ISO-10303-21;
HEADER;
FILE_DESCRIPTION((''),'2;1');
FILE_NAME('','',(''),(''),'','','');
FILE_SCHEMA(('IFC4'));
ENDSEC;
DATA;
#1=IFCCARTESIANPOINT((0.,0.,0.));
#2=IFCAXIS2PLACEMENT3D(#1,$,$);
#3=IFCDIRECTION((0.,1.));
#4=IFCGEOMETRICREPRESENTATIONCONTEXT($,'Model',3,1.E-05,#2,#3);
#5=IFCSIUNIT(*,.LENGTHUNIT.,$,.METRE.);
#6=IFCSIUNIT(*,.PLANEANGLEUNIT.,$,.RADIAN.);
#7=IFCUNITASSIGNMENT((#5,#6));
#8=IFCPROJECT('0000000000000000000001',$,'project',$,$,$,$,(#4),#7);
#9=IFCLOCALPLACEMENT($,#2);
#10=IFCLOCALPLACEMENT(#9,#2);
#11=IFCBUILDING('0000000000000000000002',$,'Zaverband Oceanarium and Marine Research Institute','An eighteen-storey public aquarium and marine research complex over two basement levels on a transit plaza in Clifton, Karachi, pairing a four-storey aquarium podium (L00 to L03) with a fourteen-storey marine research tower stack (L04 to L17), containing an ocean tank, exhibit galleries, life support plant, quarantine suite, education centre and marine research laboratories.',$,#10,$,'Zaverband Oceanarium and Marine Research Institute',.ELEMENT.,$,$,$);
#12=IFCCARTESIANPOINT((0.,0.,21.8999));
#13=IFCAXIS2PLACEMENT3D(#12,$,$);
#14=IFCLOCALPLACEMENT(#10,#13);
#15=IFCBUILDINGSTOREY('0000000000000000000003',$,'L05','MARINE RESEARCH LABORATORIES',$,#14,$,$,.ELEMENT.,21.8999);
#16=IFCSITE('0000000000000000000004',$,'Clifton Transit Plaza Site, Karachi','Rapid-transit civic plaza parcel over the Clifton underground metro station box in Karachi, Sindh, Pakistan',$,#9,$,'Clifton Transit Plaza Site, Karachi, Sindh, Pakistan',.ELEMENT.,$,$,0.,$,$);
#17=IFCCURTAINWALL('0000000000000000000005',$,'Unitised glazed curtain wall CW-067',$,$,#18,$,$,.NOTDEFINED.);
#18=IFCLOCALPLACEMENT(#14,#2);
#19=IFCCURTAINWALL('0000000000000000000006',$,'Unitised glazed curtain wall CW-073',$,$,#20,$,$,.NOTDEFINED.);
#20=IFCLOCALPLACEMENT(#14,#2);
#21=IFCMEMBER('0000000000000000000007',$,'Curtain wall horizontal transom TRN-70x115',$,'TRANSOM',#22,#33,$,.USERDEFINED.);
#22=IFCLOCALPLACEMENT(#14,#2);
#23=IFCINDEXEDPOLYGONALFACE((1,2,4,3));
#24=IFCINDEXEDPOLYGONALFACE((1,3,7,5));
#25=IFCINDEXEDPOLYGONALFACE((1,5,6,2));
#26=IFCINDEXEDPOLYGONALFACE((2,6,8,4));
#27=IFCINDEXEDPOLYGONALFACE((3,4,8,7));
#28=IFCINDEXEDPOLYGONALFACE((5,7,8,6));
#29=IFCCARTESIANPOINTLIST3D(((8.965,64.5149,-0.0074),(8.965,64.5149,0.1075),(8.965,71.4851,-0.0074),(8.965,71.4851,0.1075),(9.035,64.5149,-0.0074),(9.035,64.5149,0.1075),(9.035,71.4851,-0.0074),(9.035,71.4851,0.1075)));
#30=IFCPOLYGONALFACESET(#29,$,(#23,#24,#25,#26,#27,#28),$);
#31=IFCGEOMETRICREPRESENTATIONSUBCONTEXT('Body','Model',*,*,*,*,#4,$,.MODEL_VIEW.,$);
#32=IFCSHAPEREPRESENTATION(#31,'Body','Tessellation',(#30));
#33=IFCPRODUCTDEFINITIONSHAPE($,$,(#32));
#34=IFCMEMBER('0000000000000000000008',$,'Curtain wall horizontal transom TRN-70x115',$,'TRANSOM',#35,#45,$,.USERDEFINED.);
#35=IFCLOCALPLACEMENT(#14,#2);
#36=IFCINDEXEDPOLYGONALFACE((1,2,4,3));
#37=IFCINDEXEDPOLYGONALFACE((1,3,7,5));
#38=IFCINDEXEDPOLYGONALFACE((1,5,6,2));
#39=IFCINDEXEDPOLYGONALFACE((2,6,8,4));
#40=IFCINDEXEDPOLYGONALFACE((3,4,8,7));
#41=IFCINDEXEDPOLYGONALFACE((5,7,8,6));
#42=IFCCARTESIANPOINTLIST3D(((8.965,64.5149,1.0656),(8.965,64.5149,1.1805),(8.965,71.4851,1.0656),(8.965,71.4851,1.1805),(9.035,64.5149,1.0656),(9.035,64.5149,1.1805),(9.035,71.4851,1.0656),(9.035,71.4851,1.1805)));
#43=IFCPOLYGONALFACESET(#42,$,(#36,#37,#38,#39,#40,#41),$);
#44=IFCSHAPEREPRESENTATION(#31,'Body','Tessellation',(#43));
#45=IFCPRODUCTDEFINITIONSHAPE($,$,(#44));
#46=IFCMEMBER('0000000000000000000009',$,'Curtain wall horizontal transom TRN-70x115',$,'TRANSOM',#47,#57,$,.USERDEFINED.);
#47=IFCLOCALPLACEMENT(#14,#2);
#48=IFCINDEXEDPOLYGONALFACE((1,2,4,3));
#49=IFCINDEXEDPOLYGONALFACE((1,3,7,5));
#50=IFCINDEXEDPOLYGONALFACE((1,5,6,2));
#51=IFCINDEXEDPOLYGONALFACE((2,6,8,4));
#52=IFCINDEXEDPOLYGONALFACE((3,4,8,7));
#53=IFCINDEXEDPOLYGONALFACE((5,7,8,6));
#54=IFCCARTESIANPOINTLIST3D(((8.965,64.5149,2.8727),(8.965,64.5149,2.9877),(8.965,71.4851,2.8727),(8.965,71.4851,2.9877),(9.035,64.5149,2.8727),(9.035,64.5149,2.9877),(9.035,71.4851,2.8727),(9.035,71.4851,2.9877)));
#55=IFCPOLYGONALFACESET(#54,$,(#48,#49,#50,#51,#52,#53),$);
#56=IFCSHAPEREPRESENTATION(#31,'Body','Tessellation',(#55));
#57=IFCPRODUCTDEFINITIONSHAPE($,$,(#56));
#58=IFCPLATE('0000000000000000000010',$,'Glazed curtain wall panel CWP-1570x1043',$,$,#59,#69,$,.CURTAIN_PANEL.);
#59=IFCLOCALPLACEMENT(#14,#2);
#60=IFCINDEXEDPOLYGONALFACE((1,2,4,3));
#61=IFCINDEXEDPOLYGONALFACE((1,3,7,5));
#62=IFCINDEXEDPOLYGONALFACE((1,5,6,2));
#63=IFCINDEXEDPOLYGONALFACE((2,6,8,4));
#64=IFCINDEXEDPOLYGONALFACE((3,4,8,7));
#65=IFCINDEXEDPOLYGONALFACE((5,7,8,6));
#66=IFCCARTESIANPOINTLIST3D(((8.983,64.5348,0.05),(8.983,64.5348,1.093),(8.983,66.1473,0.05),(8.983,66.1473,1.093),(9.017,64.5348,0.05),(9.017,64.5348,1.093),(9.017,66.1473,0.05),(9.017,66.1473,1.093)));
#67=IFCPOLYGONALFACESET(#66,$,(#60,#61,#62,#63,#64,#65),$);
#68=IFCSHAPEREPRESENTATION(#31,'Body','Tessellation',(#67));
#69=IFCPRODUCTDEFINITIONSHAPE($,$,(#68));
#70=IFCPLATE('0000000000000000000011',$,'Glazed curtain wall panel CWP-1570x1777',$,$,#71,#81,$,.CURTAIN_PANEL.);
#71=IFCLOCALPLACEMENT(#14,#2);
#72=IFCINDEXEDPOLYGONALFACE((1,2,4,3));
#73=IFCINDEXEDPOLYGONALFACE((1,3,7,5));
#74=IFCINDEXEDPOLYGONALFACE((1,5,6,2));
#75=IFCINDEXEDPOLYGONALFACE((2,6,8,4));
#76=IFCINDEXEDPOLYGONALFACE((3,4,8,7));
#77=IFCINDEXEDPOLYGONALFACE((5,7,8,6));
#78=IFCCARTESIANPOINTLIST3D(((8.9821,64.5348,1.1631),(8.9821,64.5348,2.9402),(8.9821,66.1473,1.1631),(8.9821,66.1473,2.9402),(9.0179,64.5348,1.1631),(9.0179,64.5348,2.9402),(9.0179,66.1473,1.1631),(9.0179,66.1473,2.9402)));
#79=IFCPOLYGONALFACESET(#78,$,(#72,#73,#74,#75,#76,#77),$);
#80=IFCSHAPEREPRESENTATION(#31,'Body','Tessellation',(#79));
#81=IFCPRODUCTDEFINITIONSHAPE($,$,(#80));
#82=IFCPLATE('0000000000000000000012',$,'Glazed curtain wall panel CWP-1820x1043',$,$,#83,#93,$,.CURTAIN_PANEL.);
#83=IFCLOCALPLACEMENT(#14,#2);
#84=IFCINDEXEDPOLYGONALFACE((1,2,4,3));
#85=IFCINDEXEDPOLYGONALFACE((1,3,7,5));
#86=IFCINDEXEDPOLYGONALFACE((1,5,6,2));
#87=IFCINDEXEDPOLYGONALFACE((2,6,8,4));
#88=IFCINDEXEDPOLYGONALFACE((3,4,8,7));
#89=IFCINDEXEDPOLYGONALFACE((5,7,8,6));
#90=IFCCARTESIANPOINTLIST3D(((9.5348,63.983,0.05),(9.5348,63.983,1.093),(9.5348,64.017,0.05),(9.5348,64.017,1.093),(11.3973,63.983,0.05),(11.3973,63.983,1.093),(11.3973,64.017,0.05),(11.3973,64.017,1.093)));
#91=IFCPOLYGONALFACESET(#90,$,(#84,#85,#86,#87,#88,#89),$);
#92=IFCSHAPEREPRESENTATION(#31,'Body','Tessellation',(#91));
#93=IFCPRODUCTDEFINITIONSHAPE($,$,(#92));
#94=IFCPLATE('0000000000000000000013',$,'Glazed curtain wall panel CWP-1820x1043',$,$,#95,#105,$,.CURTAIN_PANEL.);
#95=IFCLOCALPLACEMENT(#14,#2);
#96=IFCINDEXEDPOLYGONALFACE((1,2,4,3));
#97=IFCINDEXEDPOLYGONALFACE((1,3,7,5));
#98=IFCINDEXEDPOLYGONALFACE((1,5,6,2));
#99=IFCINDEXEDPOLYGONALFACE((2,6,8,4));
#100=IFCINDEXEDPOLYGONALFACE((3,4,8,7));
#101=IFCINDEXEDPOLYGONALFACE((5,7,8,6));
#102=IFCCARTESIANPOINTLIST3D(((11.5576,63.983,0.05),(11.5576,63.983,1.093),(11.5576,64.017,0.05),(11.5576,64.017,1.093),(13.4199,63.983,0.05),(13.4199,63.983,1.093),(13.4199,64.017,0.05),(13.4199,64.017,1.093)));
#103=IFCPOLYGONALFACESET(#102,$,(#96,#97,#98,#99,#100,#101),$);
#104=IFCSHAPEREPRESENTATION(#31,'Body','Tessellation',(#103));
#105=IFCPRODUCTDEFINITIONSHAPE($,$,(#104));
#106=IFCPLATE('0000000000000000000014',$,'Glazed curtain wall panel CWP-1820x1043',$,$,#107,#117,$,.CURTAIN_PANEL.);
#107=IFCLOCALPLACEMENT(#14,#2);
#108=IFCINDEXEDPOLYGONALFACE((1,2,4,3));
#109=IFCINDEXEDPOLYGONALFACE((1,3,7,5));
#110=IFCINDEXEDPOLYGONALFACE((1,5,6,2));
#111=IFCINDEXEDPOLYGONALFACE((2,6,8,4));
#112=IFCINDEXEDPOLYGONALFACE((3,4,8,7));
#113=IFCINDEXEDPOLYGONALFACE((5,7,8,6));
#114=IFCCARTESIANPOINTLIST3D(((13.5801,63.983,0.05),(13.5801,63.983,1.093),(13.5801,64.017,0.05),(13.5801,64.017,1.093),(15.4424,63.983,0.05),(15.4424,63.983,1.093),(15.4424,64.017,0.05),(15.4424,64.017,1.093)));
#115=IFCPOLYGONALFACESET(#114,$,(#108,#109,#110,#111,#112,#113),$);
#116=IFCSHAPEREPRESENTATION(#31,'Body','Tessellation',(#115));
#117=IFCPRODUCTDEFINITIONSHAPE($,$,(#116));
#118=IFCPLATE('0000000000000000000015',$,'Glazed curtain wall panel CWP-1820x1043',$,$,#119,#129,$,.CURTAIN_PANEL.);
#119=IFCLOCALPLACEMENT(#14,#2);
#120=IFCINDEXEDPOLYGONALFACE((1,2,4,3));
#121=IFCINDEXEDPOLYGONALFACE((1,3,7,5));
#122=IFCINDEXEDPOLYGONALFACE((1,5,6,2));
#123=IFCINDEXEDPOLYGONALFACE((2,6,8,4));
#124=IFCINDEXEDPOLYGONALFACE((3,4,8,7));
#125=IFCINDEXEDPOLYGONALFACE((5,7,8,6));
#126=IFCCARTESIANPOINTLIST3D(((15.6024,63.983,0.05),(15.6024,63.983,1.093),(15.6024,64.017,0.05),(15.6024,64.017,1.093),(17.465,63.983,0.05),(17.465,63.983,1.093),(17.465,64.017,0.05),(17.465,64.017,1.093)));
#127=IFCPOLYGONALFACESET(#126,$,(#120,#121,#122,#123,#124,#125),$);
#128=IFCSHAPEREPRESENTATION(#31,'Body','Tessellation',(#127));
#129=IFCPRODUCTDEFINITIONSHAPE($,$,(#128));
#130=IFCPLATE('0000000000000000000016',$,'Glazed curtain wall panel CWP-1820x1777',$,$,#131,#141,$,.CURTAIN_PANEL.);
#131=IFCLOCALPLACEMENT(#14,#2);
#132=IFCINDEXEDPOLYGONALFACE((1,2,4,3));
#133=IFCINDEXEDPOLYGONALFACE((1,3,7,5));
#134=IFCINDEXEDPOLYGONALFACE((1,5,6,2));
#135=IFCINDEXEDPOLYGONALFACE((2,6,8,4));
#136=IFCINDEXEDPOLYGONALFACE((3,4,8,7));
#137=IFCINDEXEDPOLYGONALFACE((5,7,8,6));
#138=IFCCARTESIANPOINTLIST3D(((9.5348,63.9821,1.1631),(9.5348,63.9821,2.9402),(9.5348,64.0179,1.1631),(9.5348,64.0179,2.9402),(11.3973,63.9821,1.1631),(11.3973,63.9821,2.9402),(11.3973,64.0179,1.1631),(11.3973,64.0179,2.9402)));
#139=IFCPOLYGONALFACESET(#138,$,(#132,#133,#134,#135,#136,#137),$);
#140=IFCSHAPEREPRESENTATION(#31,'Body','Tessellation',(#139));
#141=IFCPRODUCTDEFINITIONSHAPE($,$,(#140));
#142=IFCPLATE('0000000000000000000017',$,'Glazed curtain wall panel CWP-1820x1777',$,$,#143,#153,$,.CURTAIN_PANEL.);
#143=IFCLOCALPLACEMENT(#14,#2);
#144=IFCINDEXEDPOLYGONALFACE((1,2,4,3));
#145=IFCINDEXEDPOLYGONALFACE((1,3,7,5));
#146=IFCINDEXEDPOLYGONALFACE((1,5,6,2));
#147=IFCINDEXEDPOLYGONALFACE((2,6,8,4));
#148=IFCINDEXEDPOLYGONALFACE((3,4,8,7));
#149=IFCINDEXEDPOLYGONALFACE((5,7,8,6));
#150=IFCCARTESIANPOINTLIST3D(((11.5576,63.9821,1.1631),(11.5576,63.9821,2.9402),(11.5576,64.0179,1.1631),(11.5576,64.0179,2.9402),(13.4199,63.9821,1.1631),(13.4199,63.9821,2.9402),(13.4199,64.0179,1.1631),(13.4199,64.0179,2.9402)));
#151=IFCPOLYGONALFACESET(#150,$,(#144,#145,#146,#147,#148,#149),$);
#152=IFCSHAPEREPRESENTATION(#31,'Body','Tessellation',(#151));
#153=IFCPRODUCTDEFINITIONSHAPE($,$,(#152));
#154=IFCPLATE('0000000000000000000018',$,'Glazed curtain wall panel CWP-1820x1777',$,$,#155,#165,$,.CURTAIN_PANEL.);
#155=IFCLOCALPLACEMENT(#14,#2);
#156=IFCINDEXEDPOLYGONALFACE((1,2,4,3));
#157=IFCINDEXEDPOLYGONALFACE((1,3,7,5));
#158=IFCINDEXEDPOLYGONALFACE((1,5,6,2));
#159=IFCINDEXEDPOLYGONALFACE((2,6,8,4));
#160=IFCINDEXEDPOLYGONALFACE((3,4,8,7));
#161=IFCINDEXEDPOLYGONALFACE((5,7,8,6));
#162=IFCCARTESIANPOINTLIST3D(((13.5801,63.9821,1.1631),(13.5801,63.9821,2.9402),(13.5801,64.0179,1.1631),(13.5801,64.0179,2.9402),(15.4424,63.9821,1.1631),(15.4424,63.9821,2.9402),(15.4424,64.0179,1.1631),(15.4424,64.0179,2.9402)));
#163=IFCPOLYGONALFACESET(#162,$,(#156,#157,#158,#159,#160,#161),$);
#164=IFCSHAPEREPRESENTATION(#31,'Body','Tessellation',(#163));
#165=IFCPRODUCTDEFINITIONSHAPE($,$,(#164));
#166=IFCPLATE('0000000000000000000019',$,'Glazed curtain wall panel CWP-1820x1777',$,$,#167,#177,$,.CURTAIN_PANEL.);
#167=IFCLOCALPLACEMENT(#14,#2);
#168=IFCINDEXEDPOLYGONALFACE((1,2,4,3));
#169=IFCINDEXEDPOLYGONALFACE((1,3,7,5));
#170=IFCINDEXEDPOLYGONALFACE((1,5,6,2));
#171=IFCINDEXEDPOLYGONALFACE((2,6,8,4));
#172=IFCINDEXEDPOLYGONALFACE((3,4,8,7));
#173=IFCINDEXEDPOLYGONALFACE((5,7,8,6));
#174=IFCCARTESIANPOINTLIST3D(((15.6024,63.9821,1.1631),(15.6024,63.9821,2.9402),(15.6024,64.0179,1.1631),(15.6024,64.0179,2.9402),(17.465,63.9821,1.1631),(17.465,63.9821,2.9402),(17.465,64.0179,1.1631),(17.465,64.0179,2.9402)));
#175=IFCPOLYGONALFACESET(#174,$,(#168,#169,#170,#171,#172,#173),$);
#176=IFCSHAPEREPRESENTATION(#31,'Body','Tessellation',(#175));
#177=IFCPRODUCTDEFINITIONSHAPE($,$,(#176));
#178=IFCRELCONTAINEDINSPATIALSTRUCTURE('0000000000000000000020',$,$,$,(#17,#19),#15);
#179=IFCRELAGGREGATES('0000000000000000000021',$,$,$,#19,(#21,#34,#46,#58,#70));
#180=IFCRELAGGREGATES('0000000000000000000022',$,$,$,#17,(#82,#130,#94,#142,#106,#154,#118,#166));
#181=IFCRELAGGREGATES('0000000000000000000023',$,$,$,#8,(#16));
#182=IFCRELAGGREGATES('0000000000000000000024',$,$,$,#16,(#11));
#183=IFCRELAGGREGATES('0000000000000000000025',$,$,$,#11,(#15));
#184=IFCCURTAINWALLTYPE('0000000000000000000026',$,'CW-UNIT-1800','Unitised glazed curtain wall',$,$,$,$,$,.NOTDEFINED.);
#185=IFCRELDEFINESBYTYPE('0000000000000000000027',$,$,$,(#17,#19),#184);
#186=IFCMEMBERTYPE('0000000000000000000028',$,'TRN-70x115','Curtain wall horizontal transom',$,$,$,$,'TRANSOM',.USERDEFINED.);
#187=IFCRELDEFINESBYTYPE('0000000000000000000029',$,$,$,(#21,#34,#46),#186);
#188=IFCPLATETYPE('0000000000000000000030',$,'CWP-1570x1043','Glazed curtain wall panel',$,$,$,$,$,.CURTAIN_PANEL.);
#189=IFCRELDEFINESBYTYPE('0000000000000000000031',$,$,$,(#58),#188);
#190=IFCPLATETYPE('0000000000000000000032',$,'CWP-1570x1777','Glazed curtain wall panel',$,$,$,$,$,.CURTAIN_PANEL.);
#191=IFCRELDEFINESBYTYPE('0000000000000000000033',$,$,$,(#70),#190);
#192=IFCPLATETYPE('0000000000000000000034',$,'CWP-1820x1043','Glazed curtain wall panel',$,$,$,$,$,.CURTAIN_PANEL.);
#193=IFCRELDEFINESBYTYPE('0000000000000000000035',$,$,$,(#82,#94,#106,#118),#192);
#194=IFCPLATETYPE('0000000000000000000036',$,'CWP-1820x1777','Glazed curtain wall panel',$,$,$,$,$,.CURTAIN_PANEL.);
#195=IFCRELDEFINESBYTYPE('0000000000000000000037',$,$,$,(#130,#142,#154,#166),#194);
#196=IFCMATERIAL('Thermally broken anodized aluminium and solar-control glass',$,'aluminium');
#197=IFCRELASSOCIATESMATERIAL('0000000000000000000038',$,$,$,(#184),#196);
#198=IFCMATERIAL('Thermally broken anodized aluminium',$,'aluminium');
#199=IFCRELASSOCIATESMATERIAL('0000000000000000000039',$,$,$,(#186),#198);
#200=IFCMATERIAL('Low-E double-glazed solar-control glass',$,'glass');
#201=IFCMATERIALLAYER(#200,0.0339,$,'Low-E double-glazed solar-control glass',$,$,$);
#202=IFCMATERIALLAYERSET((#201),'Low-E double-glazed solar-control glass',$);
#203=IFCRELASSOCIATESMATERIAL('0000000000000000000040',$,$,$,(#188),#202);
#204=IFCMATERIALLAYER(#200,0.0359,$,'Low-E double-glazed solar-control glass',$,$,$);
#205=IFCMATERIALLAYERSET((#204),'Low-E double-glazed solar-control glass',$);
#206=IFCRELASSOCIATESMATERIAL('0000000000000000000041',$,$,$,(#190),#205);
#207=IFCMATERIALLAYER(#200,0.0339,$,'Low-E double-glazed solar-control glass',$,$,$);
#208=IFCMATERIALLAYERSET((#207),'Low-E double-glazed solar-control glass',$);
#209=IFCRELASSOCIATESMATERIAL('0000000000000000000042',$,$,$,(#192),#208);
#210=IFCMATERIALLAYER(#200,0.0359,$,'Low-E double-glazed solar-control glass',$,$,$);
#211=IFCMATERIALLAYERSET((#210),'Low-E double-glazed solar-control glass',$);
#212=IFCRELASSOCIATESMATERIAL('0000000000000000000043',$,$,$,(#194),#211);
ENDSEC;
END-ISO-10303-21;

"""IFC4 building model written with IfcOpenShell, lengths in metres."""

from ifc_helpers import new_model, si_unit, direction, frame, frame_2d, origin, origin_2d, place, context, subcontext, project, spatial, rectangle, extrude, material, layer, layer_set, material_profile, profile_set, type_object, element, aggregate, save


model = new_model("IFC4")

# Units and contexts
model_context = context("Model", 3, precision=1e-05, world=origin(), true_north=direction((0.0, 1.0)))
body_context = subcontext(model_context, "Body", "Model", "MODEL_VIEW")
ifc_project = project(units=[si_unit("LENGTHUNIT", "METRE"), si_unit("PLANEANGLEUNIT", "RADIAN")], contexts=[model_context])

# Site, building, storey
site_placement = place(None, origin())
site = spatial("IfcSite", under=ifc_project, at=site_placement, Name="Clifton Transit Plaza Site, Karachi", Description="Rapid-transit civic plaza parcel over the Clifton underground metro station box in Karachi, Sindh, Pakistan", LongName="Clifton Transit Plaza Site, Karachi, Sindh, Pakistan", CompositionType="ELEMENT", RefElevation=0.0)
building_placement = place(site_placement, origin())
building = spatial("IfcBuilding", under=site, at=building_placement, Name="Zaverband Oceanarium and Marine Research Institute", Description="An eighteen-storey public aquarium and marine research complex over two basement levels on a transit plaza in Clifton, Karachi, pairing a four-storey aquarium podium (L00 to L03) with a fourteen-storey marine research tower stack (L04 to L17), containing an ocean tank, exhibit galleries, life support plant, quarantine suite, education centre and marine research laboratories.", LongName="Zaverband Oceanarium and Marine Research Institute", CompositionType="ELEMENT")
storey_placement = place(building_placement, frame((0.0, 0.0, 21.8999)))
storey = spatial("IfcBuildingStorey", under=building, at=storey_placement, Name="L05", Description="MARINE RESEARCH LABORATORIES", CompositionType="ELEMENT", Elevation=21.8999)

# Curtain wall
ifc_material_1 = material(Name="Thermally broken anodized aluminium and solar-control glass", Category="aluminium")
curtain_wall_type = type_object("IfcCurtainWallType", Name="CW-UNIT-1800", Description="Unitised glazed curtain wall", PredefinedType="NOTDEFINED", material=ifc_material_1)
curtain_wall_1_placement = place(storey_placement, origin())
curtain_wall_1 = element("IfcCurtainWall", 1, at=curtain_wall_1_placement, inside=storey, type_object=curtain_wall_type, Name="Unitised glazed curtain wall CW-067", PredefinedType="NOTDEFINED")
ifc_material_2 = material(Name="Thermally broken anodized aluminium", Category="aluminium")

# Curtain wall
curtain_wall_2_placement = place(storey_placement, origin())
curtain_wall_2 = element("IfcCurtainWall", 2, at=curtain_wall_2_placement, inside=storey, type_object=curtain_wall_type, Name="Unitised glazed curtain wall CW-073", PredefinedType="NOTDEFINED")

# Members
ifc_material_profile_1 = material_profile(ifc_material_2, rectangle(XDim=0.0701, YDim=0.115, at=origin_2d()), Name="AL-TRN-70x115")
ifc_profile_set_1 = profile_set([ifc_material_profile_1], Name="Thermally broken anodized aluminium")
member_type_1 = type_object("IfcMemberType", Name="TRN-70x115", Description="Curtain wall horizontal transom", ElementType="TRANSOM", PredefinedType="USERDEFINED", material=ifc_profile_set_1)
member_1_placement = place(storey_placement, frame((9.0, 64.5149, 0.05), z_axis=(0.0, 1.0, 0.0), x_axis=(-1.0, 0.0, 0.0)))
member_1 = element("IfcMember", 3, at=member_1_placement, type_object=member_type_1, Name="Curtain wall horizontal transom TRN-70x115", ObjectType="TRANSOM", PredefinedType="USERDEFINED", context=body_context, shape_type="SweptSolid", body=[
    extrude(rectangle(XDim=0.0701, YDim=0.115, at=origin_2d()), origin(), (0.0, 0.0, 1.0), 6.9702),
])
member_2_placement = place(storey_placement, frame((9.0, 64.5149, 1.123), z_axis=(0.0, 1.0, 0.0), x_axis=(-1.0, 0.0, 0.0)))
member_2 = element("IfcMember", 4, at=member_2_placement, type_object=member_type_1, Name="Curtain wall horizontal transom TRN-70x115", ObjectType="TRANSOM", PredefinedType="USERDEFINED", context=body_context, shape_type="SweptSolid", body=[
    extrude(rectangle(XDim=0.0701, YDim=0.115, at=origin_2d()), origin(), (0.0, 0.0, 1.0), 6.9702),
])
member_3_placement = place(storey_placement, frame((9.0, 64.5149, 2.9302), z_axis=(0.0, 1.0, 0.0), x_axis=(-1.0, 0.0, 0.0)))
member_3 = element("IfcMember", 5, at=member_3_placement, type_object=member_type_1, Name="Curtain wall horizontal transom TRN-70x115", ObjectType="TRANSOM", PredefinedType="USERDEFINED", context=body_context, shape_type="SweptSolid", body=[
    extrude(rectangle(XDim=0.0701, YDim=0.115, at=origin_2d()), origin(), (0.0, 0.0, 1.0), 6.9702),
])

# Plates
ifc_material_3 = material(Name="Low-E double-glazed solar-control glass", Category="glass")
ifc_layer_1 = layer(ifc_material_3, 0.0339, Name="Low-E double-glazed solar-control glass")
ifc_layer_set_1 = layer_set([ifc_layer_1], Name="Low-E double-glazed solar-control glass")
plate_type_1 = type_object("IfcPlateType", Name="CWP-1570x1043", Description="Glazed curtain wall panel", PredefinedType="CURTAIN_PANEL", material=ifc_layer_set_1)
plate_1_placement = place(storey_placement, frame((9.0, 64.5349, 0.05), z_axis=(0.0, 0.0, 1.0), x_axis=(0.0, 1.0, 0.0)))
plate_1 = element("IfcPlate", 6, at=plate_1_placement, type_object=plate_type_1, Name="Glazed curtain wall panel CWP-1570x1043", PredefinedType="CURTAIN_PANEL", context=body_context, shape_type="SweptSolid", body=[
    extrude(rectangle(XDim=1.6125, YDim=0.0339, at=frame_2d((0.8062, 0.0))), origin(), (0.0, 0.0, 1.0), 1.043),
])
ifc_layer_2 = layer(ifc_material_3, 0.0359, Name="Low-E double-glazed solar-control glass")
ifc_layer_set_2 = layer_set([ifc_layer_2], Name="Low-E double-glazed solar-control glass")
plate_type_2 = type_object("IfcPlateType", Name="CWP-1570x1777", Description="Glazed curtain wall panel", PredefinedType="CURTAIN_PANEL", material=ifc_layer_set_2)
plate_2_placement = place(storey_placement, frame((9.0, 64.5349, 1.1631), z_axis=(0.0, 0.0, 1.0), x_axis=(0.0, 1.0, 0.0)))
plate_2 = element("IfcPlate", 7, at=plate_2_placement, type_object=plate_type_2, Name="Glazed curtain wall panel CWP-1570x1777", PredefinedType="CURTAIN_PANEL", context=body_context, shape_type="SweptSolid", body=[
    extrude(rectangle(XDim=1.6125, YDim=0.0359, at=frame_2d((0.8062, 0.0))), origin(), (0.0, 0.0, 1.0), 1.7771),
])
aggregate(curtain_wall_2, [member_1, member_2, member_3, plate_1, plate_2])
ifc_layer_3 = layer(ifc_material_3, 0.0339, Name="Low-E double-glazed solar-control glass")
ifc_layer_set_3 = layer_set([ifc_layer_3], Name="Low-E double-glazed solar-control glass")
plate_type_3 = type_object("IfcPlateType", Name="CWP-1820x1043", Description="Glazed curtain wall panel", PredefinedType="CURTAIN_PANEL", material=ifc_layer_set_3)
plate_3_placement = place(storey_placement, frame((9.5349, 64.0, 0.05), z_axis=(0.0, 0.0, 1.0), x_axis=(1.0, 0.0, 0.0)))
plate_3 = element("IfcPlate", 8, at=plate_3_placement, type_object=plate_type_3, Name="Glazed curtain wall panel CWP-1820x1043", PredefinedType="CURTAIN_PANEL", context=body_context, shape_type="SweptSolid", body=[
    extrude(rectangle(XDim=1.8625, YDim=0.0339, at=frame_2d((0.9312, 0.0))), origin(), (0.0, 0.0, 1.0), 1.043),
])
plate_4_placement = place(storey_placement, frame((11.5576, 64.0, 0.05), z_axis=(0.0, 0.0, 1.0), x_axis=(1.0, 0.0, 0.0)))
plate_4 = element("IfcPlate", 9, at=plate_4_placement, type_object=plate_type_3, Name="Glazed curtain wall panel CWP-1820x1043", PredefinedType="CURTAIN_PANEL", context=body_context, shape_type="SweptSolid", body=[
    extrude(rectangle(XDim=1.8623, YDim=0.0339, at=frame_2d((0.9312, 0.0))), origin(), (0.0, 0.0, 1.0), 1.043),
])
plate_5_placement = place(storey_placement, frame((13.5801, 64.0, 0.05), z_axis=(0.0, 0.0, 1.0), x_axis=(1.0, 0.0, 0.0)))
plate_5 = element("IfcPlate", 10, at=plate_5_placement, type_object=plate_type_3, Name="Glazed curtain wall panel CWP-1820x1043", PredefinedType="CURTAIN_PANEL", context=body_context, shape_type="SweptSolid", body=[
    extrude(rectangle(XDim=1.8623, YDim=0.0339, at=frame_2d((0.9312, 0.0))), origin(), (0.0, 0.0, 1.0), 1.043),
])
plate_6_placement = place(storey_placement, frame((15.6025, 64.0, 0.05), z_axis=(0.0, 0.0, 1.0), x_axis=(1.0, 0.0, 0.0)))
plate_6 = element("IfcPlate", 11, at=plate_6_placement, type_object=plate_type_3, Name="Glazed curtain wall panel CWP-1820x1043", PredefinedType="CURTAIN_PANEL", context=body_context, shape_type="SweptSolid", body=[
    extrude(rectangle(XDim=1.8625, YDim=0.0339, at=frame_2d((0.9312, 0.0))), origin(), (0.0, 0.0, 1.0), 1.043),
])
ifc_layer_4 = layer(ifc_material_3, 0.0359, Name="Low-E double-glazed solar-control glass")
ifc_layer_set_4 = layer_set([ifc_layer_4], Name="Low-E double-glazed solar-control glass")
plate_type_4 = type_object("IfcPlateType", Name="CWP-1820x1777", Description="Glazed curtain wall panel", PredefinedType="CURTAIN_PANEL", material=ifc_layer_set_4)
plate_7_placement = place(storey_placement, frame((9.5349, 64.0, 1.1631), z_axis=(0.0, 0.0, 1.0), x_axis=(1.0, 0.0, 0.0)))
plate_7 = element("IfcPlate", 12, at=plate_7_placement, type_object=plate_type_4, Name="Glazed curtain wall panel CWP-1820x1777", PredefinedType="CURTAIN_PANEL", context=body_context, shape_type="SweptSolid", body=[
    extrude(rectangle(XDim=1.8625, YDim=0.0359, at=frame_2d((0.9312, 0.0))), origin(), (0.0, 0.0, 1.0), 1.7771),
])
plate_8_placement = place(storey_placement, frame((11.5576, 64.0, 1.1631), z_axis=(0.0, 0.0, 1.0), x_axis=(1.0, 0.0, 0.0)))
plate_8 = element("IfcPlate", 13, at=plate_8_placement, type_object=plate_type_4, Name="Glazed curtain wall panel CWP-1820x1777", PredefinedType="CURTAIN_PANEL", context=body_context, shape_type="SweptSolid", body=[
    extrude(rectangle(XDim=1.8623, YDim=0.0359, at=frame_2d((0.9312, 0.0))), origin(), (0.0, 0.0, 1.0), 1.7771),
])
plate_9_placement = place(storey_placement, frame((13.5801, 64.0, 1.1631), z_axis=(0.0, 0.0, 1.0), x_axis=(1.0, 0.0, 0.0)))
plate_9 = element("IfcPlate", 14, at=plate_9_placement, type_object=plate_type_4, Name="Glazed curtain wall panel CWP-1820x1777", PredefinedType="CURTAIN_PANEL", context=body_context, shape_type="SweptSolid", body=[
    extrude(rectangle(XDim=1.8623, YDim=0.0359, at=frame_2d((0.9312, 0.0))), origin(), (0.0, 0.0, 1.0), 1.7771),
])
plate_10_placement = place(storey_placement, frame((15.6025, 64.0, 1.1631), z_axis=(0.0, 0.0, 1.0), x_axis=(1.0, 0.0, 0.0)))
plate_10 = element("IfcPlate", 15, at=plate_10_placement, type_object=plate_type_4, Name="Glazed curtain wall panel CWP-1820x1777", PredefinedType="CURTAIN_PANEL", context=body_context, shape_type="SweptSolid", body=[
    extrude(rectangle(XDim=1.8625, YDim=0.0359, at=frame_2d((0.9312, 0.0))), origin(), (0.0, 0.0, 1.0), 1.7771),
])
aggregate(curtain_wall_1, [plate_3, plate_7, plate_4, plate_8, plate_5, plate_9, plate_6, plate_10])

save(model, "model.ifc")
